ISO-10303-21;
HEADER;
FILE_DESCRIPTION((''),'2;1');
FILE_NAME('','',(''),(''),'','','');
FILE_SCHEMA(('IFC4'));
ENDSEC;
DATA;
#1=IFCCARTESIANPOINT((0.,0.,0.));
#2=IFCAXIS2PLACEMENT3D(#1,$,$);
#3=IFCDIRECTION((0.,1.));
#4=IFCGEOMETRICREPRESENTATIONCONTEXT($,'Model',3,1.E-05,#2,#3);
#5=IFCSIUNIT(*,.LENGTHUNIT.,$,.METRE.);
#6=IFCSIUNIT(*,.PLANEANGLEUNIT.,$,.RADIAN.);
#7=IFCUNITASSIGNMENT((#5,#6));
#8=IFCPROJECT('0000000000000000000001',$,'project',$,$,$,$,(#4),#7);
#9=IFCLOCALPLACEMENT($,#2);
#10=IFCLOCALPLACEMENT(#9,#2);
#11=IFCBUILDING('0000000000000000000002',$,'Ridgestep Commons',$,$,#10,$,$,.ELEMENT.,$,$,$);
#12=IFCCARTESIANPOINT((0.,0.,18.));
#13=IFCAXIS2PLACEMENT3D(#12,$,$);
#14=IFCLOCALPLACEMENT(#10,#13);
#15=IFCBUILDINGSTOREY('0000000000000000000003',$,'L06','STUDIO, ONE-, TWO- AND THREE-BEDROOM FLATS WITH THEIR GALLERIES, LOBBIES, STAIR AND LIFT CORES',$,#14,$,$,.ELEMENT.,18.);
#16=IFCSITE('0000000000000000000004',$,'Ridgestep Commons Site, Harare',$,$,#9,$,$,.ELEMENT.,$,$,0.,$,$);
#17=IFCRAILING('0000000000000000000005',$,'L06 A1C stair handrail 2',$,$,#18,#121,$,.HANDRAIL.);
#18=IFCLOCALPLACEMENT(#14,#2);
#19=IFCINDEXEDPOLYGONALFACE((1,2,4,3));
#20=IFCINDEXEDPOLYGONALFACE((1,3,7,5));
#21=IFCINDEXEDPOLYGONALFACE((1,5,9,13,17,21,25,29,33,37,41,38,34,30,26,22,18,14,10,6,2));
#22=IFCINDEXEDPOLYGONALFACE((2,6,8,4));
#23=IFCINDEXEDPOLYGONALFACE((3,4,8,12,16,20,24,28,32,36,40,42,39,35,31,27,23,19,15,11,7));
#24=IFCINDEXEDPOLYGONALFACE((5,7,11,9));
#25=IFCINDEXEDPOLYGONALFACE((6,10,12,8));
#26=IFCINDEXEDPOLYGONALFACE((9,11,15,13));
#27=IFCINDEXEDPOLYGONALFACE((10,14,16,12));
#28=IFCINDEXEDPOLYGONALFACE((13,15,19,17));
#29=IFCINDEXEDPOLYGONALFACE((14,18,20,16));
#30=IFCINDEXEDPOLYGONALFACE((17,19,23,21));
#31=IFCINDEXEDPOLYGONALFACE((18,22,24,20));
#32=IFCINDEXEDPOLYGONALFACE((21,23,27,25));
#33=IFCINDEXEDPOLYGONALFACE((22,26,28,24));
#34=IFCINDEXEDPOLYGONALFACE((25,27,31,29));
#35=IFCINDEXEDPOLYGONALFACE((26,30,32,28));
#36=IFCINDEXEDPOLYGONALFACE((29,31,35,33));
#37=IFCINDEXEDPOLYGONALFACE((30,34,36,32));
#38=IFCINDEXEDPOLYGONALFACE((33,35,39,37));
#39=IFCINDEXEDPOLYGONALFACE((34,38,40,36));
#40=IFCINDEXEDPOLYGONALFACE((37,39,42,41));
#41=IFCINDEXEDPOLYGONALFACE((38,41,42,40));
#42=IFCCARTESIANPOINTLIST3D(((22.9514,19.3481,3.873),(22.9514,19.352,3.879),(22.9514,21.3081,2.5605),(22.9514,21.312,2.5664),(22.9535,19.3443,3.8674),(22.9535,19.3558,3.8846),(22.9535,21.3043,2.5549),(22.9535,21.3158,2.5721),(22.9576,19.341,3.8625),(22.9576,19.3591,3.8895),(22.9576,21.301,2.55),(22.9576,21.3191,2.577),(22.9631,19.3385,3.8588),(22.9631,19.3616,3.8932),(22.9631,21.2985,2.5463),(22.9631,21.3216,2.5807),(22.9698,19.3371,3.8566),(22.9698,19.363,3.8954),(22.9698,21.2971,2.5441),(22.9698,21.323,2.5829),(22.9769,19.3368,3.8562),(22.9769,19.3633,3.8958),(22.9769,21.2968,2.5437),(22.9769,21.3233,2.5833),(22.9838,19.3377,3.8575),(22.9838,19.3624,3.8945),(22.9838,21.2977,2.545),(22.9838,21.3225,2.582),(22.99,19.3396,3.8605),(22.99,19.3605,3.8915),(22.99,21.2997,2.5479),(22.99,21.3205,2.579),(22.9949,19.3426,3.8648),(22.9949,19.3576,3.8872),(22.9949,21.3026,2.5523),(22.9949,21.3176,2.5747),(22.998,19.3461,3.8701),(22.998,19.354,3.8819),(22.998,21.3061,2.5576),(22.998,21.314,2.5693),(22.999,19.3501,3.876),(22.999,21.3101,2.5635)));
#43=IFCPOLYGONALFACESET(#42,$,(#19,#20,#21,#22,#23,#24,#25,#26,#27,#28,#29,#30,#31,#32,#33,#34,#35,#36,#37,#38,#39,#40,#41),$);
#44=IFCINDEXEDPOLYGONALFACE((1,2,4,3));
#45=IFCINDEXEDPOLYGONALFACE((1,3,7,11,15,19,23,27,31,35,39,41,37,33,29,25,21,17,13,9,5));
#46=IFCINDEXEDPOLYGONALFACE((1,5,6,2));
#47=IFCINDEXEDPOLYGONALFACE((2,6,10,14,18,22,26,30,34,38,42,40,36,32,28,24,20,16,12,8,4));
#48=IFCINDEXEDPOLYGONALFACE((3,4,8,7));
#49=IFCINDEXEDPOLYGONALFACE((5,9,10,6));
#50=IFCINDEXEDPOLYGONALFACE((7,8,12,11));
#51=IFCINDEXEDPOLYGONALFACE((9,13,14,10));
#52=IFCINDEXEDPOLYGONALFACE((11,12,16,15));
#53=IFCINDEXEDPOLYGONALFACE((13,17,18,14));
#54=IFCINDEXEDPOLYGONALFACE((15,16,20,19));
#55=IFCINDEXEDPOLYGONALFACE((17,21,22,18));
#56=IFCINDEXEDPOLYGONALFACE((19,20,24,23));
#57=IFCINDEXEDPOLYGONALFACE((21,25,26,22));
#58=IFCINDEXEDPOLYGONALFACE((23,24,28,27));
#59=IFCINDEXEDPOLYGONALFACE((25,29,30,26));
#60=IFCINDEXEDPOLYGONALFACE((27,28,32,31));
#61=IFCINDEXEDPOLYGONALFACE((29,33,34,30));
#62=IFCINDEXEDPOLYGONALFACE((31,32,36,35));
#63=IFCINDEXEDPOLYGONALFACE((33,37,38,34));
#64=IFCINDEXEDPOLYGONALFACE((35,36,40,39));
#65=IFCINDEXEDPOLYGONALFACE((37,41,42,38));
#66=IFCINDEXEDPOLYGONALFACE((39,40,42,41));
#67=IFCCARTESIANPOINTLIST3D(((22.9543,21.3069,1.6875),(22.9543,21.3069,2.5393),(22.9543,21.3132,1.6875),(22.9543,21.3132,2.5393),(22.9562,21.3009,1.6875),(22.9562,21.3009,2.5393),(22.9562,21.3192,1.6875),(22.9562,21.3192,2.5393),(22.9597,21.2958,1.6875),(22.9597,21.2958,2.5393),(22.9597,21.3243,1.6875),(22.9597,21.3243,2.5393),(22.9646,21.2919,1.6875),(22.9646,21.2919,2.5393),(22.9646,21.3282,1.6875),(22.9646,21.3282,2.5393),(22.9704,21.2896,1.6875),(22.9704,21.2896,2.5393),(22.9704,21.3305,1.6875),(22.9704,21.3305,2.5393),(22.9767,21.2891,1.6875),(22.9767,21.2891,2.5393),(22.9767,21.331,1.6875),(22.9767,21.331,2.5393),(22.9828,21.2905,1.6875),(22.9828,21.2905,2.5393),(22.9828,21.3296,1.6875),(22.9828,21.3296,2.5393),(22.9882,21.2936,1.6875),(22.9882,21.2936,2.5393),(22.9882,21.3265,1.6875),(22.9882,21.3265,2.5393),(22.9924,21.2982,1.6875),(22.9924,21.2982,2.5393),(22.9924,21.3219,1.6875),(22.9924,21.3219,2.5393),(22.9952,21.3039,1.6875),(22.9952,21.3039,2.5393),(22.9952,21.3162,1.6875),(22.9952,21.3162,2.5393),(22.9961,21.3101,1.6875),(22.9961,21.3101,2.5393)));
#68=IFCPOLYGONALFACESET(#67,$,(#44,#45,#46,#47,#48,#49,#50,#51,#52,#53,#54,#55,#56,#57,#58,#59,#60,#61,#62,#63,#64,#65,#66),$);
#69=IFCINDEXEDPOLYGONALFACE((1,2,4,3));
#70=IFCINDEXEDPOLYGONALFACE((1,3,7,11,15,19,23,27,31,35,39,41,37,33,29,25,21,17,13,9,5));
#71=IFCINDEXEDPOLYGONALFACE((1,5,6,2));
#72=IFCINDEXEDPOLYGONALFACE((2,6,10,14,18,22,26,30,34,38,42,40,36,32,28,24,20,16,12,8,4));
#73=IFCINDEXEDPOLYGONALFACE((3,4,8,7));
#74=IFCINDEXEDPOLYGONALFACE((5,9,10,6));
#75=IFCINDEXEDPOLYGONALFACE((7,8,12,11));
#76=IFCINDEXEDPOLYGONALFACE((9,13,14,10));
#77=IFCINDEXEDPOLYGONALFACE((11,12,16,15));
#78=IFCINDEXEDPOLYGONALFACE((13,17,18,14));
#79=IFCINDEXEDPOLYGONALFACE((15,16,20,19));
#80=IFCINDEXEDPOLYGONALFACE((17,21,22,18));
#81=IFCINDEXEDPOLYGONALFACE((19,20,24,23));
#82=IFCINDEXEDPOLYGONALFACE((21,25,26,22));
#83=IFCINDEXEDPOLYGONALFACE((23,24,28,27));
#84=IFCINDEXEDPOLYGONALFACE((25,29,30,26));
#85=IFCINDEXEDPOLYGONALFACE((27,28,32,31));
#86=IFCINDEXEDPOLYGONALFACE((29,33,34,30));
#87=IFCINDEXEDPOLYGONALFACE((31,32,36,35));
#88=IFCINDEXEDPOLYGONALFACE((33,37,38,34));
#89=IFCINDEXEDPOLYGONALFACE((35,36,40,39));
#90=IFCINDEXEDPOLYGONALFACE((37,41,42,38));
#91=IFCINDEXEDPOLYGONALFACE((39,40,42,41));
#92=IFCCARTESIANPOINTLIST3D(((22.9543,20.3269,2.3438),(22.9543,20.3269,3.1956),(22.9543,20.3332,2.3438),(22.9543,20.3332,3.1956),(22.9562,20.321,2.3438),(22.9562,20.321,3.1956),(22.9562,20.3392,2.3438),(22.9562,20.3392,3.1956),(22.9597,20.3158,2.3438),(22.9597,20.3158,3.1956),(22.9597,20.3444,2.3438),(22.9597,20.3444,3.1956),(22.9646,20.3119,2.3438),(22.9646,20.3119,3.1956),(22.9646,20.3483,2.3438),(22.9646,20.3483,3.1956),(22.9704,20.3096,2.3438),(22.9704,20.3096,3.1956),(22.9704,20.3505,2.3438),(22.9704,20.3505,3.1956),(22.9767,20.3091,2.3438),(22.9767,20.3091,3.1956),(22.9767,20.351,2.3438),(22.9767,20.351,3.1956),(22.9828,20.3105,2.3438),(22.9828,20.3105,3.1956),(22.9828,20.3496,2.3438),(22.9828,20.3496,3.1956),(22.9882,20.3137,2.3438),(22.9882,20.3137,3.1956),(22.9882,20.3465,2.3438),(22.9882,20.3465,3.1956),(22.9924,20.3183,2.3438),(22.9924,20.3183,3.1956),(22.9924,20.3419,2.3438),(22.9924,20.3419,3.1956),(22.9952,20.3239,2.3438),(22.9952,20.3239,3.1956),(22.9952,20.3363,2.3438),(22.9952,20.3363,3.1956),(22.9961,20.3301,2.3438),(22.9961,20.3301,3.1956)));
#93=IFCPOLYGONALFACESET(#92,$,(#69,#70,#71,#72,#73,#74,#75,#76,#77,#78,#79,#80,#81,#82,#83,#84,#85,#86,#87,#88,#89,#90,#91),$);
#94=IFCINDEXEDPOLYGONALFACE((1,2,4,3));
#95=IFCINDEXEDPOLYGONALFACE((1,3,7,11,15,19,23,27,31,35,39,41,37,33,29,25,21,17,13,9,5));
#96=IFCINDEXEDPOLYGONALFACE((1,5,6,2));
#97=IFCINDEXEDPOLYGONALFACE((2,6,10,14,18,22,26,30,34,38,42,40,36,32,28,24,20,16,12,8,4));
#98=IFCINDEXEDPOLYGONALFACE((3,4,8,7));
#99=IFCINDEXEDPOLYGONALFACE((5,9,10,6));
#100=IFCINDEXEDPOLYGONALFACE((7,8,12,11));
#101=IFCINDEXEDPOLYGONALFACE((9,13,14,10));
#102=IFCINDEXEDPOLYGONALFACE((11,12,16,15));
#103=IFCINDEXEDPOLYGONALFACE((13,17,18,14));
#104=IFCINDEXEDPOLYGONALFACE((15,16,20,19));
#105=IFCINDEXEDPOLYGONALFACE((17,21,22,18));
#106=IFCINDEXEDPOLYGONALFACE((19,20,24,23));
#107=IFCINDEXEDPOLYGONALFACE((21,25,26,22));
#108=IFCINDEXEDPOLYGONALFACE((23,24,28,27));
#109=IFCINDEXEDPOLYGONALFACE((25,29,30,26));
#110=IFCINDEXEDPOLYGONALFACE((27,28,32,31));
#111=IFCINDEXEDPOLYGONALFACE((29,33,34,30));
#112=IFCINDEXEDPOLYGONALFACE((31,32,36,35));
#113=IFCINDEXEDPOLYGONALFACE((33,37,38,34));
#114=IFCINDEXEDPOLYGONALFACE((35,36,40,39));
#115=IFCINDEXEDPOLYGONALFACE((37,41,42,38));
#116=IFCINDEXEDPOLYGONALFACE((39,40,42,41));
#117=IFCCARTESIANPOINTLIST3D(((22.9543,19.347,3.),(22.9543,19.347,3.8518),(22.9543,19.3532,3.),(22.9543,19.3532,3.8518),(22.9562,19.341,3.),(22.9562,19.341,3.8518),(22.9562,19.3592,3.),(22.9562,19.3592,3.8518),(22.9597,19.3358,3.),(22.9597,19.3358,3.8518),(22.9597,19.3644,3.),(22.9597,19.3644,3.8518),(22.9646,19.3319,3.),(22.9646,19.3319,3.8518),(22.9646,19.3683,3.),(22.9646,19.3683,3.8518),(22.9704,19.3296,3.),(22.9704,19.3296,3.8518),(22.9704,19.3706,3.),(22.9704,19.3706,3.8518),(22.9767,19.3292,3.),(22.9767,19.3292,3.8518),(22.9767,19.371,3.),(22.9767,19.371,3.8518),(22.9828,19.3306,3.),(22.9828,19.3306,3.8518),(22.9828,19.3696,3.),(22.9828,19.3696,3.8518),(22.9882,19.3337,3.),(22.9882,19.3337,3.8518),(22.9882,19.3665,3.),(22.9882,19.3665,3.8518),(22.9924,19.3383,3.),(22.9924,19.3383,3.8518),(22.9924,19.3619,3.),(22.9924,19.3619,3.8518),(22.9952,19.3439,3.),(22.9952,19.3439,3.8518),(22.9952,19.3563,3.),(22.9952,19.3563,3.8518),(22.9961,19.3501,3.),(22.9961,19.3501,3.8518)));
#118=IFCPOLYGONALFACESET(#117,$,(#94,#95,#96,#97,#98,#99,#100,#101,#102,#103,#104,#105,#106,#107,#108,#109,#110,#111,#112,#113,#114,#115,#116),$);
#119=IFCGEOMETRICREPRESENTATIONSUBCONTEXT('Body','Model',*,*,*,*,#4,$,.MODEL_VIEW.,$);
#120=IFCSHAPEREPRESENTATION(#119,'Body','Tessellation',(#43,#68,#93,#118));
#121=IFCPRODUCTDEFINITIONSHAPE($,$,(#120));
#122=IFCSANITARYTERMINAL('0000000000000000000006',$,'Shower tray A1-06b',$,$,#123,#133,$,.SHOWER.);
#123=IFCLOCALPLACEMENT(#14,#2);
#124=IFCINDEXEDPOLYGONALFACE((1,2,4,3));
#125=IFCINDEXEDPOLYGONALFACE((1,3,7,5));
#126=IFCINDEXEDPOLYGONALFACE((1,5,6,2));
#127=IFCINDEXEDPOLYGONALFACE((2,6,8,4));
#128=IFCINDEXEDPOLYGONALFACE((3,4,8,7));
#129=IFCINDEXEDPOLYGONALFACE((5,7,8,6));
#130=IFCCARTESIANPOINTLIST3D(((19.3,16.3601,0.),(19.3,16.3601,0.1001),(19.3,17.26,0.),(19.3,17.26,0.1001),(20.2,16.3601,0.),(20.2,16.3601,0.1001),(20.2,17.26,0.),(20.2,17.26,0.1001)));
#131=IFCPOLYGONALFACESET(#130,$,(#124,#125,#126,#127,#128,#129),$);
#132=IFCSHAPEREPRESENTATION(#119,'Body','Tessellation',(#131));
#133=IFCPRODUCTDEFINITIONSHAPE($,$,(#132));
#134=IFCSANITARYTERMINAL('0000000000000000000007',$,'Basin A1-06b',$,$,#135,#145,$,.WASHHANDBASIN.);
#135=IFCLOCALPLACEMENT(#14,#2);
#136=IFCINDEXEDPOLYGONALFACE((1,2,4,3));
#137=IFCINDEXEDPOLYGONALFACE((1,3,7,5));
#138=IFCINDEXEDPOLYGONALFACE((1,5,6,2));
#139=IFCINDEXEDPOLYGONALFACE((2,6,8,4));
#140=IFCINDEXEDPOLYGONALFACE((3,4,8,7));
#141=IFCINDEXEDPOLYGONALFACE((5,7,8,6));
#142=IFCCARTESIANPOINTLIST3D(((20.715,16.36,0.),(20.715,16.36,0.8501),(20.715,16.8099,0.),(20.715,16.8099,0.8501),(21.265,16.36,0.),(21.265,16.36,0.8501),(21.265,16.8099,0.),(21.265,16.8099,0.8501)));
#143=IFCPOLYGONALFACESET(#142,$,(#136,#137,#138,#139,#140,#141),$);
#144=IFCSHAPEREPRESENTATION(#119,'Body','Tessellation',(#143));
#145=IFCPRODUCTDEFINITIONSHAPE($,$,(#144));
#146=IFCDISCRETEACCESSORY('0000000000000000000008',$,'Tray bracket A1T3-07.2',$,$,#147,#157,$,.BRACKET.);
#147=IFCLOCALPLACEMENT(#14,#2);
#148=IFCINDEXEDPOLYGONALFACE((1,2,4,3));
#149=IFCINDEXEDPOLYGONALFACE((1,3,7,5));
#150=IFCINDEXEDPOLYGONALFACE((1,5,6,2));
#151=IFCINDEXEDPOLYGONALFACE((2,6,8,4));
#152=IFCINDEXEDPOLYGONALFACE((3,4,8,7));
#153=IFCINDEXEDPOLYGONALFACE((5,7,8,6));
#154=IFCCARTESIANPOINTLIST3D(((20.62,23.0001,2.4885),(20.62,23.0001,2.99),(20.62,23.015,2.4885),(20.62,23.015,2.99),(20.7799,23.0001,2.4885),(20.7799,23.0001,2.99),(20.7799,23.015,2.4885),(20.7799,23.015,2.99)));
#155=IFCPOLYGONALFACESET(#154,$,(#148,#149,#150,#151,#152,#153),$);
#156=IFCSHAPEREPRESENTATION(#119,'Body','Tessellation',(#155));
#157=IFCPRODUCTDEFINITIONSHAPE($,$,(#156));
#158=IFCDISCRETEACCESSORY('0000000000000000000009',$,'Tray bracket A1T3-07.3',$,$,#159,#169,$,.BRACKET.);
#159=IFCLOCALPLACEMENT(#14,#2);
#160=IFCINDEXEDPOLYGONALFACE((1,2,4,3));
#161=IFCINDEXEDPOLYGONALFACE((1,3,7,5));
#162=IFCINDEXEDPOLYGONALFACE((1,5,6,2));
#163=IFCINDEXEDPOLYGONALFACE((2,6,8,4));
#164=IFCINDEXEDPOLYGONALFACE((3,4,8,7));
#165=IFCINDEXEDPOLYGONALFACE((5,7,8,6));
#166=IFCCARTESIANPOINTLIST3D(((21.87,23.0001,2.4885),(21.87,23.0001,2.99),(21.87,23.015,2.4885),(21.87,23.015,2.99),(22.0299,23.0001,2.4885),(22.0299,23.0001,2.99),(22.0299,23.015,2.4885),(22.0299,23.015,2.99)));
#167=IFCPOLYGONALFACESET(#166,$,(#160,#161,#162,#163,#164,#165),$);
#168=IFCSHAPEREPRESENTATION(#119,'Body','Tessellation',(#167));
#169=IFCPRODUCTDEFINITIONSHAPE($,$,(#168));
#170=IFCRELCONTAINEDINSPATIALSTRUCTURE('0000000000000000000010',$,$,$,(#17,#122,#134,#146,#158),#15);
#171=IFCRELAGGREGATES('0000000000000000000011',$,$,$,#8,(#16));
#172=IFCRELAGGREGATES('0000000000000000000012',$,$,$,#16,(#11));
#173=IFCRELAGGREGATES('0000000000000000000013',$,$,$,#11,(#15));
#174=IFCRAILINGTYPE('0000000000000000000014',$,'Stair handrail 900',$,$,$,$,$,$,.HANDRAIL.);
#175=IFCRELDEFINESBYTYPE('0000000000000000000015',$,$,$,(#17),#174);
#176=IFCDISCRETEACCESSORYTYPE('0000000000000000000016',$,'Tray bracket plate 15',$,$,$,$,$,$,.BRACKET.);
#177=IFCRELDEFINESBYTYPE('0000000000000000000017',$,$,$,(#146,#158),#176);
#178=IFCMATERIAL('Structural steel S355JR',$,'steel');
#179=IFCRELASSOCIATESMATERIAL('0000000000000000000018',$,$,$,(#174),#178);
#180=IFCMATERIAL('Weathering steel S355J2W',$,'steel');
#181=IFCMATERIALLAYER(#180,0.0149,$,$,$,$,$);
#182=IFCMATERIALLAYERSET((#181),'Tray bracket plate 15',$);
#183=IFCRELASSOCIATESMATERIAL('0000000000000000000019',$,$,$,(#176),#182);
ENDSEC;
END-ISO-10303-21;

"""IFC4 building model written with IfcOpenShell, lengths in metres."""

from ifc_helpers import new_model, si_unit, direction, frame, origin, origin_2d, place, context, subcontext, project, spatial, rectangle, circle, extrude, material, layer, layer_set, type_object, element, save


model = new_model("IFC4")

# Units and contexts
model_context = context("Model", 3, precision=1e-05, world=origin(), true_north=direction((0.0, 1.0)))
body_context = subcontext(model_context, "Body", "Model", "MODEL_VIEW")
ifc_project = project(units=[si_unit("LENGTHUNIT", "METRE"), si_unit("PLANEANGLEUNIT", "RADIAN")], contexts=[model_context])

# Site, building, storey
site_placement = place(None, origin())
site = spatial("IfcSite", under=ifc_project, at=site_placement, Name="Ridgestep Commons Site, Harare", CompositionType="ELEMENT", RefElevation=0.0)
building_placement = place(site_placement, origin())
building = spatial("IfcBuilding", under=site, at=building_placement, Name="Ridgestep Commons", CompositionType="ELEMENT")
storey_placement = place(building_placement, frame((0.0, 0.0, 18.0)))
storey = spatial("IfcBuildingStorey", under=building, at=storey_placement, Name="L06", Description="STUDIO, ONE-, TWO- AND THREE-BEDROOM FLATS WITH THEIR GALLERIES, LOBBIES, STAIR AND LIFT CORES", CompositionType="ELEMENT", Elevation=18.0)

# Railing
ifc_material_1 = material(Name="Structural steel S355JR", Category="steel")
railing_type_1 = type_object("IfcRailingType", Name="Stair handrail 900", PredefinedType="HANDRAIL", material=ifc_material_1)
railing_1_placement = place(storey_placement, frame((22.9751, 21.3101, 1.6875)))
element("IfcRailing", 1, at=railing_1_placement, inside=storey, type_object=railing_type_1, Name="L06 A1C stair handrail 2", PredefinedType="HANDRAIL", context=body_context, shape_type="SweptSolid", body=[
    extrude(circle(Radius=0.0239, at=origin_2d()), frame((0.0, 0.0, 0.876), z_axis=(0.0, -0.830902, 0.556419), x_axis=(1.0, 0.0, 0.0)), (0.0, 0.0, 1.0), 2.3589),
    extrude(circle(Radius=0.021, at=origin_2d()), origin(), (0.0, 0.0, 1.0), 0.8518),
    extrude(circle(Radius=0.021, at=origin_2d()), frame((0.0, -0.98, 0.6562)), (0.0, 0.0, 1.0), 0.8518),
    extrude(circle(Radius=0.021, at=origin_2d()), frame((0.0, -1.96, 1.3125)), (0.0, 0.0, 1.0), 0.8518),
])

# Sanitary terminals
sanitary_terminal_1_placement = place(storey_placement, frame((19.75, 16.8101, 0.0), z_axis=(0.0, 0.0, 1.0), x_axis=(1.0, 0.0, 0.0)))
element("IfcSanitaryTerminal", 2, at=sanitary_terminal_1_placement, inside=storey, Name="Shower tray A1-06b", PredefinedType="SHOWER", context=body_context, shape_type="SweptSolid", body=[
    extrude(rectangle(XDim=0.8999, YDim=0.8999, at=origin_2d()), origin(), (0.0, 0.0, 1.0), 0.1001),
])
sanitary_terminal_2_placement = place(storey_placement, frame((20.99, 16.585, 0.0), z_axis=(0.0, 0.0, 1.0), x_axis=(1.0, 0.0, 0.0)))
element("IfcSanitaryTerminal", 3, at=sanitary_terminal_2_placement, inside=storey, Name="Basin A1-06b", PredefinedType="WASHHANDBASIN", context=body_context, shape_type="SweptSolid", body=[
    extrude(rectangle(XDim=0.55, YDim=0.45, at=origin_2d()), origin(), (0.0, 0.0, 1.0), 0.8501),
])

# Discrete accessories
ifc_material_2 = material(Name="Weathering steel S355J2W", Category="steel")
ifc_layer_1 = layer(ifc_material_2, 0.0149)
ifc_layer_set_1 = layer_set([ifc_layer_1], Name="Tray bracket plate 15")
discrete_accessory_type = type_object("IfcDiscreteAccessoryType", Name="Tray bracket plate 15", PredefinedType="BRACKET", material=ifc_layer_set_1)
for number, where, z_axis, x_axis, name in (
    (4, (20.7, 23.0076, 2.4885), (0.0, 0.0, 1.0), (1.0, 0.0, 0.0), "Tray bracket A1T3-07.2"),
    (5, (21.95, 23.0076, 2.4885), (0.0, 0.0, 1.0), (1.0, 0.0, 0.0), "Tray bracket A1T3-07.3"),
):
    element("IfcDiscreteAccessory", number, at=place(storey_placement, frame(where, z_axis=z_axis, x_axis=x_axis)), inside=storey, type_object=discrete_accessory_type, Name=name, PredefinedType="BRACKET", context=body_context, shape_type="SweptSolid", body=[
        extrude(rectangle(XDim=0.1599, YDim=0.0149, at=origin_2d()), origin(), (0.0, 0.0, 1.0), 0.5015),
    ])

save(model, "model.ifc")
